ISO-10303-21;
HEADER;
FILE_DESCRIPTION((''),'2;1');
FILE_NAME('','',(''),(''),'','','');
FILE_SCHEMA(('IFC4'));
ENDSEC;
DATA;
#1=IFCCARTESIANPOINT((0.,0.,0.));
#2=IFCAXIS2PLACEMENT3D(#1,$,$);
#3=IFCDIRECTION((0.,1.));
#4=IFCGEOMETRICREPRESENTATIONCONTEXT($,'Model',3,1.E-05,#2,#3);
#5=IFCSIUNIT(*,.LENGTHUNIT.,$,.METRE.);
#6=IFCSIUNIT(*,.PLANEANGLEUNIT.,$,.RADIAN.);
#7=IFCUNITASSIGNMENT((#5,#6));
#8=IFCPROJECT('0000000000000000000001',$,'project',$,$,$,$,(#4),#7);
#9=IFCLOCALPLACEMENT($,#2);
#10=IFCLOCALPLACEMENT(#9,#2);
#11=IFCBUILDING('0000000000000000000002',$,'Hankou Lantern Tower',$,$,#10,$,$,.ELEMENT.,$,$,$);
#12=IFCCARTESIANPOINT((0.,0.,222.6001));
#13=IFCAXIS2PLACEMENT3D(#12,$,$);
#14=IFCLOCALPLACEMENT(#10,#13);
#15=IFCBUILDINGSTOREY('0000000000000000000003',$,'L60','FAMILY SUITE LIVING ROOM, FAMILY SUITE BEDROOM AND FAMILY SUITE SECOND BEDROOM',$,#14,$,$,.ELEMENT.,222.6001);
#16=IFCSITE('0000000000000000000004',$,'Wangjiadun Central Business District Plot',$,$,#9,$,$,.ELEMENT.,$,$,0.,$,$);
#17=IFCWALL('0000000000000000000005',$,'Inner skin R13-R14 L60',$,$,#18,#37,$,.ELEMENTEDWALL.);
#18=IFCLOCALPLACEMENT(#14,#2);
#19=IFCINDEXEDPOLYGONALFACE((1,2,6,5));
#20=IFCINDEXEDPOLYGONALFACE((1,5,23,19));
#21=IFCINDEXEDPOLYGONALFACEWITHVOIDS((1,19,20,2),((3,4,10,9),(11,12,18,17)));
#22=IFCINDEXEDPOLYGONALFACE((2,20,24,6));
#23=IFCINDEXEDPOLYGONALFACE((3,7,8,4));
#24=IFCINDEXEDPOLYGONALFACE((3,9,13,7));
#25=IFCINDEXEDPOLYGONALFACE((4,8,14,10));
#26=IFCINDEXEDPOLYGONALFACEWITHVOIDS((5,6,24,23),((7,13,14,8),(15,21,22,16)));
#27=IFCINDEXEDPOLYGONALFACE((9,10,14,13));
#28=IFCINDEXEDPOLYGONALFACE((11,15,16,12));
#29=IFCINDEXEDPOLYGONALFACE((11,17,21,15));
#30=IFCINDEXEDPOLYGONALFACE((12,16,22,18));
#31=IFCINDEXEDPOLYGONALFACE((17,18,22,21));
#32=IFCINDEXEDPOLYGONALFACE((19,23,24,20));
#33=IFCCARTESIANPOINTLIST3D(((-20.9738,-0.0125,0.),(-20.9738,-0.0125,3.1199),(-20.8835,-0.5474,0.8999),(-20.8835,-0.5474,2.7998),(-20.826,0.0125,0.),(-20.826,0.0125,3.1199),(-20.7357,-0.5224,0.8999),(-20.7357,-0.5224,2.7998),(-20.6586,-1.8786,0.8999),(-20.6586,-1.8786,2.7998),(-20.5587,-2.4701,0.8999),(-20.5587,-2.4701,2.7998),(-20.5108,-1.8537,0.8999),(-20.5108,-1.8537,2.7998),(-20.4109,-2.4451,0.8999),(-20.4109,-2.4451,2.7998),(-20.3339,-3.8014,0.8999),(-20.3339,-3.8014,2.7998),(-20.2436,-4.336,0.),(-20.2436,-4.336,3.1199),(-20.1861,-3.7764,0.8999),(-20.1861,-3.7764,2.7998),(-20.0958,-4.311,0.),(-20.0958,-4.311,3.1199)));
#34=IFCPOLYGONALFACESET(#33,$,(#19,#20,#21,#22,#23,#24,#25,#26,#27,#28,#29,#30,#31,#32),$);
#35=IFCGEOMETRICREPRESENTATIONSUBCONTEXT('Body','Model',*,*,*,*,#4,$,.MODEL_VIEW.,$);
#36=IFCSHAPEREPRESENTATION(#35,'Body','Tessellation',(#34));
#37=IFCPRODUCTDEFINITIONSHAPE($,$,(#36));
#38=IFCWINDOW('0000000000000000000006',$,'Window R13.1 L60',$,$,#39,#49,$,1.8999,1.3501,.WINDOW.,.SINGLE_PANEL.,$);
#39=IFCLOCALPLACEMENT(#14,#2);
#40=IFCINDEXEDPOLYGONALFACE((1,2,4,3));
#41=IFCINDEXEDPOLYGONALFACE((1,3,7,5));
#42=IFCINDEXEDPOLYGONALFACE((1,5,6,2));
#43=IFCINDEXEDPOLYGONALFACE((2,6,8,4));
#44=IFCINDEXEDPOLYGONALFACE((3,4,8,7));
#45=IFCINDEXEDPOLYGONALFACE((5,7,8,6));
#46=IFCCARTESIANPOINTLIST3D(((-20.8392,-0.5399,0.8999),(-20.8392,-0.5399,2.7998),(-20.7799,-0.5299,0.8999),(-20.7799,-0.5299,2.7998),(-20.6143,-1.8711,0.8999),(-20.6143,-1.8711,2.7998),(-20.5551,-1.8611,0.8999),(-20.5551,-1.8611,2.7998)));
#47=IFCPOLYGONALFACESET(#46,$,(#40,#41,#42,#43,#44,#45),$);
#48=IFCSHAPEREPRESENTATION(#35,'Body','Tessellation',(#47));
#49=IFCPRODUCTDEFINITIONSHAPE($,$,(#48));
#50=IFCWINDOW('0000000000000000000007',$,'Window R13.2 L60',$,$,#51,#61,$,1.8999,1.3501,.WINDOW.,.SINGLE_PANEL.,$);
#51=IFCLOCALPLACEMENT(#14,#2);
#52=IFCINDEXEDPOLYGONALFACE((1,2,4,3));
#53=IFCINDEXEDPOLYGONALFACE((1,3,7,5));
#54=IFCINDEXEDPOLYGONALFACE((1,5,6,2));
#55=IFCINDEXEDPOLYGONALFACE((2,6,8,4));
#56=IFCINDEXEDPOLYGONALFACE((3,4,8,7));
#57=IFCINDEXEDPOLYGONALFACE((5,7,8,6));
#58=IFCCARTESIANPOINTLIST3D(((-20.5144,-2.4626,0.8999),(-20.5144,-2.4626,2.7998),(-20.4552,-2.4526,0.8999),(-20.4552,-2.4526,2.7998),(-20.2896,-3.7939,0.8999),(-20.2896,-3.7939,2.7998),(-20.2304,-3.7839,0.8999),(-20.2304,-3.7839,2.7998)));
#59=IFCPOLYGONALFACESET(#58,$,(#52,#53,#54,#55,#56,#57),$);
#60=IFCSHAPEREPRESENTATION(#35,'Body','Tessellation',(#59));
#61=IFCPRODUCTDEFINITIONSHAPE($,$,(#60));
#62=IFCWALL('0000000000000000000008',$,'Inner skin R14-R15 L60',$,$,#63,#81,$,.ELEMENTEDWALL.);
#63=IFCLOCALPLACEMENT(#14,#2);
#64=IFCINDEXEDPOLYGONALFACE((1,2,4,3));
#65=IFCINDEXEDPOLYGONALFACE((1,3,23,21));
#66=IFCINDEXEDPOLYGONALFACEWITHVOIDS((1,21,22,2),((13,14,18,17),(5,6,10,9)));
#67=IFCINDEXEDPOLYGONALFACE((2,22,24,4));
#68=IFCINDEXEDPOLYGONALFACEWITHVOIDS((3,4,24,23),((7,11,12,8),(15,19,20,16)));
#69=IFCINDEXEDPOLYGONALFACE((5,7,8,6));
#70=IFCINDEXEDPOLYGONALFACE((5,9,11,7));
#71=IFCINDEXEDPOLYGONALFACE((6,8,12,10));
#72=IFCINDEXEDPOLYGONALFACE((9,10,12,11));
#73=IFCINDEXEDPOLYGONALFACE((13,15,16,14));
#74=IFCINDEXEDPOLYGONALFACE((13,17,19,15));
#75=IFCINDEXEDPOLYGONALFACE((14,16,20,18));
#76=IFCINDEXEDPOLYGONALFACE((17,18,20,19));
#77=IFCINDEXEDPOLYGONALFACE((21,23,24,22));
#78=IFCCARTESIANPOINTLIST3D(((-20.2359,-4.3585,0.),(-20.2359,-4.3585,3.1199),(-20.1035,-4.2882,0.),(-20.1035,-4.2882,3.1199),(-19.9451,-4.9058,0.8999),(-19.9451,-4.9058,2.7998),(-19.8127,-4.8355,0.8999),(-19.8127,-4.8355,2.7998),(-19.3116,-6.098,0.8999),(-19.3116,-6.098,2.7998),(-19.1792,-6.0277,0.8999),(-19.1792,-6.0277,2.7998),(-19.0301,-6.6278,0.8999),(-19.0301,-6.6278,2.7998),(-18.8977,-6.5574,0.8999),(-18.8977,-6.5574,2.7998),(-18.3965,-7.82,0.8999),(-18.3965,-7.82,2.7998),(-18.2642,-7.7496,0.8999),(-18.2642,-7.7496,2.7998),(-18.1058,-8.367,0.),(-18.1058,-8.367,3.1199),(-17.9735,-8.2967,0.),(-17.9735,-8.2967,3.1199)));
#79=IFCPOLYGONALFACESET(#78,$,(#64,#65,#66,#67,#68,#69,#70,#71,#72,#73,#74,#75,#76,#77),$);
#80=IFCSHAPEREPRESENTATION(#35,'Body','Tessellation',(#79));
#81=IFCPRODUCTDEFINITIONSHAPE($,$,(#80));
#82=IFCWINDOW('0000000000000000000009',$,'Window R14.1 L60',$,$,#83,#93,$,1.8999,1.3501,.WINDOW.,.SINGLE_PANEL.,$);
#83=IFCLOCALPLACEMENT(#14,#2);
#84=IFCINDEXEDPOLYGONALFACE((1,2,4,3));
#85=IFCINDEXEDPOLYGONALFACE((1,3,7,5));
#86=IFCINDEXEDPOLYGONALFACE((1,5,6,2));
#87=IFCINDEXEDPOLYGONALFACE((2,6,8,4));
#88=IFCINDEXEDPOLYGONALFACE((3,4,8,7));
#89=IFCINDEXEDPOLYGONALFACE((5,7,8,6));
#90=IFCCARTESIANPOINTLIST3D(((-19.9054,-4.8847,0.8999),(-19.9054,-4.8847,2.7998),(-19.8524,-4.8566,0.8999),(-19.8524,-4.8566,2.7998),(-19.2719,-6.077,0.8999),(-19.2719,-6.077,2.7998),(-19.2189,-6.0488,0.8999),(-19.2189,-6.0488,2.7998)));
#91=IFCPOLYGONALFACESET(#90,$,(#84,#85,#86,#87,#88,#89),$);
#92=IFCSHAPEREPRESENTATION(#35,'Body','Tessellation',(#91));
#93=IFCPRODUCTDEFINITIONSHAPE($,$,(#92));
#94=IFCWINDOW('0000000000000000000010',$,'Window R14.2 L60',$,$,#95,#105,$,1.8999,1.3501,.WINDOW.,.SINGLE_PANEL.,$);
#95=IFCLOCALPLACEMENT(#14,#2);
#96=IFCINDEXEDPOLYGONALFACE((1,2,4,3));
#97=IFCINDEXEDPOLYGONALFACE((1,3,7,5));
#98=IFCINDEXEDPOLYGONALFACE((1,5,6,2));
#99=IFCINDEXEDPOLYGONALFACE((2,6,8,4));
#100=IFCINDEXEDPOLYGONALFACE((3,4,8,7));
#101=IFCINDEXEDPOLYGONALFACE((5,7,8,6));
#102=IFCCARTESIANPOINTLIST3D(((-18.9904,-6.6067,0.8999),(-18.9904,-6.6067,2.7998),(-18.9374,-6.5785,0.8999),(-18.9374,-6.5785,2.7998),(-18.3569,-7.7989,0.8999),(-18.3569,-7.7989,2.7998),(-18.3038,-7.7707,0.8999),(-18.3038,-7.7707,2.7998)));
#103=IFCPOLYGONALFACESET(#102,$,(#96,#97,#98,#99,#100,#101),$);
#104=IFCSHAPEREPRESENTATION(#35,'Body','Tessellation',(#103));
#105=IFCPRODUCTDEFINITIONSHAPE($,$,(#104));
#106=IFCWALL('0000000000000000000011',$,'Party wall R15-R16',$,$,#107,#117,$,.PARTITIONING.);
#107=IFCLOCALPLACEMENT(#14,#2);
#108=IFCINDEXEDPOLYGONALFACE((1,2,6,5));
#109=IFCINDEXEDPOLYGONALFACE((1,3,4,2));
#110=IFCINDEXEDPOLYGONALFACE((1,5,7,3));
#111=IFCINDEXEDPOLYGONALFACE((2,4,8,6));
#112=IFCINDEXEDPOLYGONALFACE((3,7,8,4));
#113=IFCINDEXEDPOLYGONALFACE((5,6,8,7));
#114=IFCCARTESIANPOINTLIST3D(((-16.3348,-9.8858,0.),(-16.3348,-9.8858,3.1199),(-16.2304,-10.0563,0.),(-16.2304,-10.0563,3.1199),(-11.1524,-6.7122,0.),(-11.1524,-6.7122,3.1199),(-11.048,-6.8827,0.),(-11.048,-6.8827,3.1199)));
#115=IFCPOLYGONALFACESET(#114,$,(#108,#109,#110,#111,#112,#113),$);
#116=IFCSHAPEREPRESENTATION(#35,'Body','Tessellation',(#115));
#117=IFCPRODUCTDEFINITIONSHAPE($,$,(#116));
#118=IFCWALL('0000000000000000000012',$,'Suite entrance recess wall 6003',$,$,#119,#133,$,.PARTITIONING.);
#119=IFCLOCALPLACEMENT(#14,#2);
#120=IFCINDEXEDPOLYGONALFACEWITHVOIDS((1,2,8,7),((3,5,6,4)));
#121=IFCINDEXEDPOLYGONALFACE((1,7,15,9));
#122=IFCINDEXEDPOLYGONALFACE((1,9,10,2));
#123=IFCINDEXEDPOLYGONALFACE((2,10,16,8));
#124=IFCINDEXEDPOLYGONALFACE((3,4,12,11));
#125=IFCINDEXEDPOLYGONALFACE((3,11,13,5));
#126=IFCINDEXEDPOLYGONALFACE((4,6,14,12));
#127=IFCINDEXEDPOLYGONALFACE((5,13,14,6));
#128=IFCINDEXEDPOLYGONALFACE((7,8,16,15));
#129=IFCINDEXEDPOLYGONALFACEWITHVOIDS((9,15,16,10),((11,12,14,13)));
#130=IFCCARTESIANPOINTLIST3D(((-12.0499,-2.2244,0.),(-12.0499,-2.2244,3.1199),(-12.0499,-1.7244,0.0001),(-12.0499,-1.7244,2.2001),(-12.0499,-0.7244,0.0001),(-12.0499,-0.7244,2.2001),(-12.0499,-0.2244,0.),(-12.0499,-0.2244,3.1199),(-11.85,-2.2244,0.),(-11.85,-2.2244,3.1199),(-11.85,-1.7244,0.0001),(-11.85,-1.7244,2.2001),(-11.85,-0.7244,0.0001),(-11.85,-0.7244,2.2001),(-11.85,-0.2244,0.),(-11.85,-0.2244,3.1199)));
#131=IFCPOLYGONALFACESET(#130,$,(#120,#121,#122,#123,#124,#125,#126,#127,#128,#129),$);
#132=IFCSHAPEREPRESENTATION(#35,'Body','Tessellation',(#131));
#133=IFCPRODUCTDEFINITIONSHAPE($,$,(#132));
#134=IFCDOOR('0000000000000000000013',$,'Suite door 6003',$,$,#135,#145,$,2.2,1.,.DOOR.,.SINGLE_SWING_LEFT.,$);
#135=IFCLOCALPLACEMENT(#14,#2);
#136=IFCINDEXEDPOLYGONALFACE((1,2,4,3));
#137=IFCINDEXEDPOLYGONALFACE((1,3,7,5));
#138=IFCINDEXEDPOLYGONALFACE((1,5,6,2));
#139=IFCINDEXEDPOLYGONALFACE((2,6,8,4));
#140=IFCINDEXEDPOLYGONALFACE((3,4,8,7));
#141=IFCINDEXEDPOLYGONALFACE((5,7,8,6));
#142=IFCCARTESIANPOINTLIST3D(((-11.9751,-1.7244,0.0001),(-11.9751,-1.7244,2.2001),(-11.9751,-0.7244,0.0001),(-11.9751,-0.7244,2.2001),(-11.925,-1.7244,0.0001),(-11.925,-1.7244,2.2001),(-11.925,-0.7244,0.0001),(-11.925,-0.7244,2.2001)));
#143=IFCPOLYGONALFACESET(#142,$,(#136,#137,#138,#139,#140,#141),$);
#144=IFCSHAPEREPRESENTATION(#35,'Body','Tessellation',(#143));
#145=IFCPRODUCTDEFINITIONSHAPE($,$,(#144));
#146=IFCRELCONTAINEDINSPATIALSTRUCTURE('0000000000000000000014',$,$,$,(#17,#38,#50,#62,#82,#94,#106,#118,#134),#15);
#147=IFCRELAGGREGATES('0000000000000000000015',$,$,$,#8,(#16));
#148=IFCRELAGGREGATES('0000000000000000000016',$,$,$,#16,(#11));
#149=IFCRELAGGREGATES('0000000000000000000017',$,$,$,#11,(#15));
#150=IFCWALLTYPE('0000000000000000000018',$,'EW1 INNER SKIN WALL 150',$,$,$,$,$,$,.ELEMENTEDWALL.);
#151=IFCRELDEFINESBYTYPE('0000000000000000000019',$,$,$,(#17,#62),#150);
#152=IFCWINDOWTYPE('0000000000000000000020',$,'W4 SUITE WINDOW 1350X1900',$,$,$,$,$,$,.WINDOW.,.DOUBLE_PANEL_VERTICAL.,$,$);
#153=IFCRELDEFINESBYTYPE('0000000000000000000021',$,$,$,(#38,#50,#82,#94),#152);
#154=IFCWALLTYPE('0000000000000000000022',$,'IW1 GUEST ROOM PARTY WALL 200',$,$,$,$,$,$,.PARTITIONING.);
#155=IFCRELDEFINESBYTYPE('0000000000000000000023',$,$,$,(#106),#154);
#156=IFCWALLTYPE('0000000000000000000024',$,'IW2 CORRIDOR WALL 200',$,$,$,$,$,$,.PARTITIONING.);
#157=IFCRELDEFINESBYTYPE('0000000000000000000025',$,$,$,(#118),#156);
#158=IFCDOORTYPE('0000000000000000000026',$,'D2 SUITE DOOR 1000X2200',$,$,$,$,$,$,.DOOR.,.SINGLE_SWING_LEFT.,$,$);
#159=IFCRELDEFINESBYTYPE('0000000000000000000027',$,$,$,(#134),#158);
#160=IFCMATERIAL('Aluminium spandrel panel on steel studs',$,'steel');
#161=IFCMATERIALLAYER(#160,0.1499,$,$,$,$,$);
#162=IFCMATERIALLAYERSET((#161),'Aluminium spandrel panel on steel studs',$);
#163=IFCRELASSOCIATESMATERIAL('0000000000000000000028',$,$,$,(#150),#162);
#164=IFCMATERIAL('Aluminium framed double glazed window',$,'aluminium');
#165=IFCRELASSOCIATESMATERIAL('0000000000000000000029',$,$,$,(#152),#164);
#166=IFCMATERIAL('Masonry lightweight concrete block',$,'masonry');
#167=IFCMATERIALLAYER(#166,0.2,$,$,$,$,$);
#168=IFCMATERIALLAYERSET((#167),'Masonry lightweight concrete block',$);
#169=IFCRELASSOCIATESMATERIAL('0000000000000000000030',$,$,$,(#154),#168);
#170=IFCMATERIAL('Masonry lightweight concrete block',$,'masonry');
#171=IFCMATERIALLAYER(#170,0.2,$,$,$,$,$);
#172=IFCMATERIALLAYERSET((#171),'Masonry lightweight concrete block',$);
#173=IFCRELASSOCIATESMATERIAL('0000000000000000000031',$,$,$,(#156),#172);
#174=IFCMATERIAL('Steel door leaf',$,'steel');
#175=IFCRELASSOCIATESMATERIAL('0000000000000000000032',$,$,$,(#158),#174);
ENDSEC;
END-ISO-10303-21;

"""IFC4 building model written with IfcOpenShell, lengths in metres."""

from ifc_helpers import new_model, si_unit, direction, frame, frame_2d, origin, place, context, subcontext, project, spatial, rectangle, extrude, material, layer, layer_set, type_object, element, fill, save


model = new_model("IFC4")

# Units and contexts
model_context = context("Model", 3, precision=1e-05, world=origin(), true_north=direction((0.0, 1.0)))
body_context = subcontext(model_context, "Body", "Model", "MODEL_VIEW")
ifc_project = project(units=[si_unit("LENGTHUNIT", "METRE"), si_unit("PLANEANGLEUNIT", "RADIAN")], contexts=[model_context])

# Site, building, storey
site_placement = place(None, origin())
site = spatial("IfcSite", under=ifc_project, at=site_placement, Name="Wangjiadun Central Business District Plot", CompositionType="ELEMENT", RefElevation=0.0)
building_placement = place(site_placement, origin())
building = spatial("IfcBuilding", under=site, at=building_placement, Name="Hankou Lantern Tower", CompositionType="ELEMENT")
storey_placement = place(building_placement, frame((0.0, 0.0, 222.6001)))
storey = spatial("IfcBuildingStorey", under=building, at=storey_placement, Name="L60", Description="FAMILY SUITE LIVING ROOM, FAMILY SUITE BEDROOM AND FAMILY SUITE SECOND BEDROOM", CompositionType="ELEMENT", Elevation=222.6001)

# Walls, openings, windows
ifc_material_1 = material(Name="Aluminium spandrel panel on steel studs", Category="steel")
ifc_layer_1 = layer(ifc_material_1, 0.1499)
ifc_layer_set_1 = layer_set([ifc_layer_1], Name="Aluminium spandrel panel on steel studs")
wall_type_1 = type_object("IfcWallType", Name="EW1 INNER SKIN WALL 150", PredefinedType="ELEMENTEDWALL", material=ifc_layer_set_1)
wall_1_placement = place(storey_placement, frame((-20.8999, 0.0, 0.0), z_axis=(0.0, 0.0, 1.0), x_axis=(0.166539, -0.986035, 0.0)))
wall_1 = element("IfcWall", 1, at=wall_1_placement, inside=storey, type_object=wall_type_1, Name="Inner skin R13-R14 L60", PredefinedType="ELEMENTEDWALL", context=body_context, shape_type="SweptSolid", body=[
    extrude(rectangle(XDim=4.3848, YDim=0.1499, at=frame_2d((2.1924, 0.0))), origin(), (0.0, 0.0, 1.0), 3.1199),
])
opening_1_placement = place(wall_1_placement, frame((0.5425, 0.0, 0.8999)))
opening_1 = element("IfcOpeningElement", 2, at=opening_1_placement, cuts=wall_1, PredefinedType="OPENING", context=body_context, shape_type="SweptSolid", body=[
    extrude(rectangle(XDim=1.3501, YDim=1.8999, at=frame_2d((0.675, 0.95))), frame((0.0, 0.085, 0.0), z_axis=(0.0, -1.0, 0.0), x_axis=(1.0, 0.0, 0.0)), (0.0, 0.0, 1.0), 0.1699),
])
opening_2_placement = place(wall_1_placement, frame((2.4924, 0.0, 0.8999)))
opening_2 = element("IfcOpeningElement", 3, at=opening_2_placement, cuts=wall_1, PredefinedType="OPENING", context=body_context, shape_type="SweptSolid", body=[
    extrude(rectangle(XDim=1.3501, YDim=1.8999, at=frame_2d((0.675, 0.95))), frame((0.0, 0.085, 0.0), z_axis=(0.0, -1.0, 0.0), x_axis=(1.0, 0.0, 0.0)), (0.0, 0.0, 1.0), 0.1699),
])
ifc_material_2 = material(Name="Aluminium framed double glazed window", Category="aluminium")
window_type = type_object("IfcWindowType", Name="W4 SUITE WINDOW 1350X1900", PartitioningType="DOUBLE_PANEL_VERTICAL", PredefinedType="WINDOW", material=ifc_material_2)
window_1_placement = place(opening_1_placement, origin())
window_1 = element("IfcWindow", 4, at=window_1_placement, inside=storey, type_object=window_type, Name="Window R13.1 L60", OverallHeight=1.8999, OverallWidth=1.3501, PartitioningType="SINGLE_PANEL", PredefinedType="WINDOW", context=body_context, shape_type="SweptSolid", body=[
    extrude(rectangle(XDim=1.3501, YDim=1.8999, at=frame_2d((0.675, 0.95))), frame((0.0, 0.03, 0.0), z_axis=(0.0, -1.0, 0.0), x_axis=(1.0, 0.0, 0.0)), (0.0, 0.0, 1.0), 0.0601),
])
fill(opening_1, window_1)
window_2_placement = place(opening_2_placement, origin())
window_2 = element("IfcWindow", 5, at=window_2_placement, inside=storey, type_object=window_type, Name="Window R13.2 L60", OverallHeight=1.8999, OverallWidth=1.3501, PartitioningType="SINGLE_PANEL", PredefinedType="WINDOW", context=body_context, shape_type="SweptSolid", body=[
    extrude(rectangle(XDim=1.3501, YDim=1.8999, at=frame_2d((0.675, 0.95))), frame((0.0, 0.03, 0.0), z_axis=(0.0, -1.0, 0.0), x_axis=(1.0, 0.0, 0.0)), (0.0, 0.0, 1.0), 0.0601),
])
fill(opening_2, window_2)
wall_2_placement = place(storey_placement, frame((-20.1697, -4.3235, 0.0), z_axis=(0.0, 0.0, 1.0), x_axis=(0.469256, -0.883062, 0.0)))
wall_2 = element("IfcWall", 6, at=wall_2_placement, inside=storey, type_object=wall_type_1, Name="Inner skin R14-R15 L60", PredefinedType="ELEMENTEDWALL", context=body_context, shape_type="SweptSolid", body=[
    extrude(rectangle(XDim=4.5393, YDim=0.1499, at=frame_2d((2.2695, 0.0))), origin(), (0.0, 0.0, 1.0), 3.1199),
])
opening_3_placement = place(wall_2_placement, frame((0.6196, 0.0, 0.8999)))
opening_3 = element("IfcOpeningElement", 7, at=opening_3_placement, cuts=wall_2, PredefinedType="OPENING", context=body_context, shape_type="SweptSolid", body=[
    extrude(rectangle(XDim=1.3501, YDim=1.8999, at=frame_2d((0.675, 0.95))), frame((0.0, 0.085, 0.0), z_axis=(0.0, -1.0, 0.0), x_axis=(1.0, 0.0, 0.0)), (0.0, 0.0, 1.0), 0.1699),
])
opening_4_placement = place(wall_2_placement, frame((2.5696, 0.0, 0.8999)))
opening_4 = element("IfcOpeningElement", 8, at=opening_4_placement, cuts=wall_2, PredefinedType="OPENING", context=body_context, shape_type="SweptSolid", body=[
    extrude(rectangle(XDim=1.3501, YDim=1.8999, at=frame_2d((0.675, 0.95))), frame((0.0, 0.085, 0.0), z_axis=(0.0, -1.0, 0.0), x_axis=(1.0, 0.0, 0.0)), (0.0, 0.0, 1.0), 0.1699),
])
window_3_placement = place(opening_3_placement, origin())
window_3 = element("IfcWindow", 9, at=window_3_placement, inside=storey, type_object=window_type, Name="Window R14.1 L60", OverallHeight=1.8999, OverallWidth=1.3501, PartitioningType="SINGLE_PANEL", PredefinedType="WINDOW", context=body_context, shape_type="SweptSolid", body=[
    extrude(rectangle(XDim=1.3501, YDim=1.8999, at=frame_2d((0.675, 0.95))), frame((0.0, 0.03, 0.0), z_axis=(0.0, -1.0, 0.0), x_axis=(1.0, 0.0, 0.0)), (0.0, 0.0, 1.0), 0.0601),
])
fill(opening_3, window_3)
window_4_placement = place(opening_4_placement, origin())
window_4 = element("IfcWindow", 10, at=window_4_placement, inside=storey, type_object=window_type, Name="Window R14.2 L60", OverallHeight=1.8999, OverallWidth=1.3501, PartitioningType="SINGLE_PANEL", PredefinedType="WINDOW", context=body_context, shape_type="SweptSolid", body=[
    extrude(rectangle(XDim=1.3501, YDim=1.8999, at=frame_2d((0.675, 0.95))), frame((0.0, 0.03, 0.0), z_axis=(0.0, -1.0, 0.0), x_axis=(1.0, 0.0, 0.0)), (0.0, 0.0, 1.0), 0.0601),
])
fill(opening_4, window_4)

# Wall
ifc_material_3 = material(Name="Masonry lightweight concrete block", Category="masonry")
ifc_layer_2 = layer(ifc_material_3, 0.2)
ifc_layer_set_2 = layer_set([ifc_layer_2], Name="Masonry lightweight concrete block")
wall_type_2 = type_object("IfcWallType", Name="IW1 GUEST ROOM PARTY WALL 200", PredefinedType="PARTITIONING", material=ifc_layer_set_2)
wall_3_placement = place(storey_placement, frame((-11.1001, -6.7974, 0.0), z_axis=(0.0, 0.0, 1.0), x_axis=(-0.8528, -0.522238, 0.0)))
element("IfcWall", 11, at=wall_3_placement, inside=storey, type_object=wall_type_2, Name="Party wall R15-R16", PredefinedType="PARTITIONING", context=body_context, shape_type="SweptSolid", body=[
    extrude(rectangle(XDim=6.0769, YDim=0.2, at=frame_2d((3.0386, 0.0))), origin(), (0.0, 0.0, 1.0), 3.1199),
])

# Wall, opening, door
ifc_material_4 = material(Name="Masonry lightweight concrete block", Category="masonry")
ifc_layer_3 = layer(ifc_material_4, 0.2)
ifc_layer_set_3 = layer_set([ifc_layer_3], Name="Masonry lightweight concrete block")
wall_type_3 = type_object("IfcWallType", Name="IW2 CORRIDOR WALL 200", PredefinedType="PARTITIONING", material=ifc_layer_set_3)
wall_4_placement = place(storey_placement, frame((-11.95, -0.2244, 0.0), z_axis=(0.0, 0.0, 1.0), x_axis=(0.0, -1.0, 0.0)))
wall_4 = element("IfcWall", 12, at=wall_4_placement, inside=storey, type_object=wall_type_3, Name="Suite entrance recess wall 6003", PredefinedType="PARTITIONING", context=body_context, shape_type="SweptSolid", body=[
    extrude(rectangle(XDim=2.0, YDim=0.2, at=frame_2d((1.0, 0.0))), origin(), (0.0, 0.0, 1.0), 3.1199),
])
opening_5_placement = place(wall_4_placement, frame((0.5, 0.0, 0.0)))
opening_5 = element("IfcOpeningElement", 13, at=opening_5_placement, cuts=wall_4, PredefinedType="OPENING", context=body_context, shape_type="SweptSolid", body=[
    extrude(rectangle(XDim=1.0, YDim=2.2, at=frame_2d((0.5, 1.1001))), frame((0.0, 0.1099, 0.0), z_axis=(0.0, -1.0, 0.0), x_axis=(1.0, 0.0, 0.0)), (0.0, 0.0, 1.0), 0.22),
])
ifc_material_5 = material(Name="Steel door leaf", Category="steel")
door_type_1 = type_object("IfcDoorType", Name="D2 SUITE DOOR 1000X2200", OperationType="SINGLE_SWING_LEFT", PredefinedType="DOOR", material=ifc_material_5)
door_1_placement = place(opening_5_placement, origin())
door_1 = element("IfcDoor", 14, at=door_1_placement, inside=storey, type_object=door_type_1, Name="Suite door 6003", OperationType="SINGLE_SWING_LEFT", OverallHeight=2.2, OverallWidth=1.0, PredefinedType="DOOR", context=body_context, shape_type="SweptSolid", body=[
    extrude(rectangle(XDim=1.0, YDim=2.2, at=frame_2d((0.5, 1.1001))), frame((0.0, 0.0249, 0.0), z_axis=(0.0, -1.0, 0.0), x_axis=(1.0, 0.0, 0.0)), (0.0, 0.0, 1.0), 0.05),
])
fill(opening_5, door_1)

save(model, "model.ifc")
